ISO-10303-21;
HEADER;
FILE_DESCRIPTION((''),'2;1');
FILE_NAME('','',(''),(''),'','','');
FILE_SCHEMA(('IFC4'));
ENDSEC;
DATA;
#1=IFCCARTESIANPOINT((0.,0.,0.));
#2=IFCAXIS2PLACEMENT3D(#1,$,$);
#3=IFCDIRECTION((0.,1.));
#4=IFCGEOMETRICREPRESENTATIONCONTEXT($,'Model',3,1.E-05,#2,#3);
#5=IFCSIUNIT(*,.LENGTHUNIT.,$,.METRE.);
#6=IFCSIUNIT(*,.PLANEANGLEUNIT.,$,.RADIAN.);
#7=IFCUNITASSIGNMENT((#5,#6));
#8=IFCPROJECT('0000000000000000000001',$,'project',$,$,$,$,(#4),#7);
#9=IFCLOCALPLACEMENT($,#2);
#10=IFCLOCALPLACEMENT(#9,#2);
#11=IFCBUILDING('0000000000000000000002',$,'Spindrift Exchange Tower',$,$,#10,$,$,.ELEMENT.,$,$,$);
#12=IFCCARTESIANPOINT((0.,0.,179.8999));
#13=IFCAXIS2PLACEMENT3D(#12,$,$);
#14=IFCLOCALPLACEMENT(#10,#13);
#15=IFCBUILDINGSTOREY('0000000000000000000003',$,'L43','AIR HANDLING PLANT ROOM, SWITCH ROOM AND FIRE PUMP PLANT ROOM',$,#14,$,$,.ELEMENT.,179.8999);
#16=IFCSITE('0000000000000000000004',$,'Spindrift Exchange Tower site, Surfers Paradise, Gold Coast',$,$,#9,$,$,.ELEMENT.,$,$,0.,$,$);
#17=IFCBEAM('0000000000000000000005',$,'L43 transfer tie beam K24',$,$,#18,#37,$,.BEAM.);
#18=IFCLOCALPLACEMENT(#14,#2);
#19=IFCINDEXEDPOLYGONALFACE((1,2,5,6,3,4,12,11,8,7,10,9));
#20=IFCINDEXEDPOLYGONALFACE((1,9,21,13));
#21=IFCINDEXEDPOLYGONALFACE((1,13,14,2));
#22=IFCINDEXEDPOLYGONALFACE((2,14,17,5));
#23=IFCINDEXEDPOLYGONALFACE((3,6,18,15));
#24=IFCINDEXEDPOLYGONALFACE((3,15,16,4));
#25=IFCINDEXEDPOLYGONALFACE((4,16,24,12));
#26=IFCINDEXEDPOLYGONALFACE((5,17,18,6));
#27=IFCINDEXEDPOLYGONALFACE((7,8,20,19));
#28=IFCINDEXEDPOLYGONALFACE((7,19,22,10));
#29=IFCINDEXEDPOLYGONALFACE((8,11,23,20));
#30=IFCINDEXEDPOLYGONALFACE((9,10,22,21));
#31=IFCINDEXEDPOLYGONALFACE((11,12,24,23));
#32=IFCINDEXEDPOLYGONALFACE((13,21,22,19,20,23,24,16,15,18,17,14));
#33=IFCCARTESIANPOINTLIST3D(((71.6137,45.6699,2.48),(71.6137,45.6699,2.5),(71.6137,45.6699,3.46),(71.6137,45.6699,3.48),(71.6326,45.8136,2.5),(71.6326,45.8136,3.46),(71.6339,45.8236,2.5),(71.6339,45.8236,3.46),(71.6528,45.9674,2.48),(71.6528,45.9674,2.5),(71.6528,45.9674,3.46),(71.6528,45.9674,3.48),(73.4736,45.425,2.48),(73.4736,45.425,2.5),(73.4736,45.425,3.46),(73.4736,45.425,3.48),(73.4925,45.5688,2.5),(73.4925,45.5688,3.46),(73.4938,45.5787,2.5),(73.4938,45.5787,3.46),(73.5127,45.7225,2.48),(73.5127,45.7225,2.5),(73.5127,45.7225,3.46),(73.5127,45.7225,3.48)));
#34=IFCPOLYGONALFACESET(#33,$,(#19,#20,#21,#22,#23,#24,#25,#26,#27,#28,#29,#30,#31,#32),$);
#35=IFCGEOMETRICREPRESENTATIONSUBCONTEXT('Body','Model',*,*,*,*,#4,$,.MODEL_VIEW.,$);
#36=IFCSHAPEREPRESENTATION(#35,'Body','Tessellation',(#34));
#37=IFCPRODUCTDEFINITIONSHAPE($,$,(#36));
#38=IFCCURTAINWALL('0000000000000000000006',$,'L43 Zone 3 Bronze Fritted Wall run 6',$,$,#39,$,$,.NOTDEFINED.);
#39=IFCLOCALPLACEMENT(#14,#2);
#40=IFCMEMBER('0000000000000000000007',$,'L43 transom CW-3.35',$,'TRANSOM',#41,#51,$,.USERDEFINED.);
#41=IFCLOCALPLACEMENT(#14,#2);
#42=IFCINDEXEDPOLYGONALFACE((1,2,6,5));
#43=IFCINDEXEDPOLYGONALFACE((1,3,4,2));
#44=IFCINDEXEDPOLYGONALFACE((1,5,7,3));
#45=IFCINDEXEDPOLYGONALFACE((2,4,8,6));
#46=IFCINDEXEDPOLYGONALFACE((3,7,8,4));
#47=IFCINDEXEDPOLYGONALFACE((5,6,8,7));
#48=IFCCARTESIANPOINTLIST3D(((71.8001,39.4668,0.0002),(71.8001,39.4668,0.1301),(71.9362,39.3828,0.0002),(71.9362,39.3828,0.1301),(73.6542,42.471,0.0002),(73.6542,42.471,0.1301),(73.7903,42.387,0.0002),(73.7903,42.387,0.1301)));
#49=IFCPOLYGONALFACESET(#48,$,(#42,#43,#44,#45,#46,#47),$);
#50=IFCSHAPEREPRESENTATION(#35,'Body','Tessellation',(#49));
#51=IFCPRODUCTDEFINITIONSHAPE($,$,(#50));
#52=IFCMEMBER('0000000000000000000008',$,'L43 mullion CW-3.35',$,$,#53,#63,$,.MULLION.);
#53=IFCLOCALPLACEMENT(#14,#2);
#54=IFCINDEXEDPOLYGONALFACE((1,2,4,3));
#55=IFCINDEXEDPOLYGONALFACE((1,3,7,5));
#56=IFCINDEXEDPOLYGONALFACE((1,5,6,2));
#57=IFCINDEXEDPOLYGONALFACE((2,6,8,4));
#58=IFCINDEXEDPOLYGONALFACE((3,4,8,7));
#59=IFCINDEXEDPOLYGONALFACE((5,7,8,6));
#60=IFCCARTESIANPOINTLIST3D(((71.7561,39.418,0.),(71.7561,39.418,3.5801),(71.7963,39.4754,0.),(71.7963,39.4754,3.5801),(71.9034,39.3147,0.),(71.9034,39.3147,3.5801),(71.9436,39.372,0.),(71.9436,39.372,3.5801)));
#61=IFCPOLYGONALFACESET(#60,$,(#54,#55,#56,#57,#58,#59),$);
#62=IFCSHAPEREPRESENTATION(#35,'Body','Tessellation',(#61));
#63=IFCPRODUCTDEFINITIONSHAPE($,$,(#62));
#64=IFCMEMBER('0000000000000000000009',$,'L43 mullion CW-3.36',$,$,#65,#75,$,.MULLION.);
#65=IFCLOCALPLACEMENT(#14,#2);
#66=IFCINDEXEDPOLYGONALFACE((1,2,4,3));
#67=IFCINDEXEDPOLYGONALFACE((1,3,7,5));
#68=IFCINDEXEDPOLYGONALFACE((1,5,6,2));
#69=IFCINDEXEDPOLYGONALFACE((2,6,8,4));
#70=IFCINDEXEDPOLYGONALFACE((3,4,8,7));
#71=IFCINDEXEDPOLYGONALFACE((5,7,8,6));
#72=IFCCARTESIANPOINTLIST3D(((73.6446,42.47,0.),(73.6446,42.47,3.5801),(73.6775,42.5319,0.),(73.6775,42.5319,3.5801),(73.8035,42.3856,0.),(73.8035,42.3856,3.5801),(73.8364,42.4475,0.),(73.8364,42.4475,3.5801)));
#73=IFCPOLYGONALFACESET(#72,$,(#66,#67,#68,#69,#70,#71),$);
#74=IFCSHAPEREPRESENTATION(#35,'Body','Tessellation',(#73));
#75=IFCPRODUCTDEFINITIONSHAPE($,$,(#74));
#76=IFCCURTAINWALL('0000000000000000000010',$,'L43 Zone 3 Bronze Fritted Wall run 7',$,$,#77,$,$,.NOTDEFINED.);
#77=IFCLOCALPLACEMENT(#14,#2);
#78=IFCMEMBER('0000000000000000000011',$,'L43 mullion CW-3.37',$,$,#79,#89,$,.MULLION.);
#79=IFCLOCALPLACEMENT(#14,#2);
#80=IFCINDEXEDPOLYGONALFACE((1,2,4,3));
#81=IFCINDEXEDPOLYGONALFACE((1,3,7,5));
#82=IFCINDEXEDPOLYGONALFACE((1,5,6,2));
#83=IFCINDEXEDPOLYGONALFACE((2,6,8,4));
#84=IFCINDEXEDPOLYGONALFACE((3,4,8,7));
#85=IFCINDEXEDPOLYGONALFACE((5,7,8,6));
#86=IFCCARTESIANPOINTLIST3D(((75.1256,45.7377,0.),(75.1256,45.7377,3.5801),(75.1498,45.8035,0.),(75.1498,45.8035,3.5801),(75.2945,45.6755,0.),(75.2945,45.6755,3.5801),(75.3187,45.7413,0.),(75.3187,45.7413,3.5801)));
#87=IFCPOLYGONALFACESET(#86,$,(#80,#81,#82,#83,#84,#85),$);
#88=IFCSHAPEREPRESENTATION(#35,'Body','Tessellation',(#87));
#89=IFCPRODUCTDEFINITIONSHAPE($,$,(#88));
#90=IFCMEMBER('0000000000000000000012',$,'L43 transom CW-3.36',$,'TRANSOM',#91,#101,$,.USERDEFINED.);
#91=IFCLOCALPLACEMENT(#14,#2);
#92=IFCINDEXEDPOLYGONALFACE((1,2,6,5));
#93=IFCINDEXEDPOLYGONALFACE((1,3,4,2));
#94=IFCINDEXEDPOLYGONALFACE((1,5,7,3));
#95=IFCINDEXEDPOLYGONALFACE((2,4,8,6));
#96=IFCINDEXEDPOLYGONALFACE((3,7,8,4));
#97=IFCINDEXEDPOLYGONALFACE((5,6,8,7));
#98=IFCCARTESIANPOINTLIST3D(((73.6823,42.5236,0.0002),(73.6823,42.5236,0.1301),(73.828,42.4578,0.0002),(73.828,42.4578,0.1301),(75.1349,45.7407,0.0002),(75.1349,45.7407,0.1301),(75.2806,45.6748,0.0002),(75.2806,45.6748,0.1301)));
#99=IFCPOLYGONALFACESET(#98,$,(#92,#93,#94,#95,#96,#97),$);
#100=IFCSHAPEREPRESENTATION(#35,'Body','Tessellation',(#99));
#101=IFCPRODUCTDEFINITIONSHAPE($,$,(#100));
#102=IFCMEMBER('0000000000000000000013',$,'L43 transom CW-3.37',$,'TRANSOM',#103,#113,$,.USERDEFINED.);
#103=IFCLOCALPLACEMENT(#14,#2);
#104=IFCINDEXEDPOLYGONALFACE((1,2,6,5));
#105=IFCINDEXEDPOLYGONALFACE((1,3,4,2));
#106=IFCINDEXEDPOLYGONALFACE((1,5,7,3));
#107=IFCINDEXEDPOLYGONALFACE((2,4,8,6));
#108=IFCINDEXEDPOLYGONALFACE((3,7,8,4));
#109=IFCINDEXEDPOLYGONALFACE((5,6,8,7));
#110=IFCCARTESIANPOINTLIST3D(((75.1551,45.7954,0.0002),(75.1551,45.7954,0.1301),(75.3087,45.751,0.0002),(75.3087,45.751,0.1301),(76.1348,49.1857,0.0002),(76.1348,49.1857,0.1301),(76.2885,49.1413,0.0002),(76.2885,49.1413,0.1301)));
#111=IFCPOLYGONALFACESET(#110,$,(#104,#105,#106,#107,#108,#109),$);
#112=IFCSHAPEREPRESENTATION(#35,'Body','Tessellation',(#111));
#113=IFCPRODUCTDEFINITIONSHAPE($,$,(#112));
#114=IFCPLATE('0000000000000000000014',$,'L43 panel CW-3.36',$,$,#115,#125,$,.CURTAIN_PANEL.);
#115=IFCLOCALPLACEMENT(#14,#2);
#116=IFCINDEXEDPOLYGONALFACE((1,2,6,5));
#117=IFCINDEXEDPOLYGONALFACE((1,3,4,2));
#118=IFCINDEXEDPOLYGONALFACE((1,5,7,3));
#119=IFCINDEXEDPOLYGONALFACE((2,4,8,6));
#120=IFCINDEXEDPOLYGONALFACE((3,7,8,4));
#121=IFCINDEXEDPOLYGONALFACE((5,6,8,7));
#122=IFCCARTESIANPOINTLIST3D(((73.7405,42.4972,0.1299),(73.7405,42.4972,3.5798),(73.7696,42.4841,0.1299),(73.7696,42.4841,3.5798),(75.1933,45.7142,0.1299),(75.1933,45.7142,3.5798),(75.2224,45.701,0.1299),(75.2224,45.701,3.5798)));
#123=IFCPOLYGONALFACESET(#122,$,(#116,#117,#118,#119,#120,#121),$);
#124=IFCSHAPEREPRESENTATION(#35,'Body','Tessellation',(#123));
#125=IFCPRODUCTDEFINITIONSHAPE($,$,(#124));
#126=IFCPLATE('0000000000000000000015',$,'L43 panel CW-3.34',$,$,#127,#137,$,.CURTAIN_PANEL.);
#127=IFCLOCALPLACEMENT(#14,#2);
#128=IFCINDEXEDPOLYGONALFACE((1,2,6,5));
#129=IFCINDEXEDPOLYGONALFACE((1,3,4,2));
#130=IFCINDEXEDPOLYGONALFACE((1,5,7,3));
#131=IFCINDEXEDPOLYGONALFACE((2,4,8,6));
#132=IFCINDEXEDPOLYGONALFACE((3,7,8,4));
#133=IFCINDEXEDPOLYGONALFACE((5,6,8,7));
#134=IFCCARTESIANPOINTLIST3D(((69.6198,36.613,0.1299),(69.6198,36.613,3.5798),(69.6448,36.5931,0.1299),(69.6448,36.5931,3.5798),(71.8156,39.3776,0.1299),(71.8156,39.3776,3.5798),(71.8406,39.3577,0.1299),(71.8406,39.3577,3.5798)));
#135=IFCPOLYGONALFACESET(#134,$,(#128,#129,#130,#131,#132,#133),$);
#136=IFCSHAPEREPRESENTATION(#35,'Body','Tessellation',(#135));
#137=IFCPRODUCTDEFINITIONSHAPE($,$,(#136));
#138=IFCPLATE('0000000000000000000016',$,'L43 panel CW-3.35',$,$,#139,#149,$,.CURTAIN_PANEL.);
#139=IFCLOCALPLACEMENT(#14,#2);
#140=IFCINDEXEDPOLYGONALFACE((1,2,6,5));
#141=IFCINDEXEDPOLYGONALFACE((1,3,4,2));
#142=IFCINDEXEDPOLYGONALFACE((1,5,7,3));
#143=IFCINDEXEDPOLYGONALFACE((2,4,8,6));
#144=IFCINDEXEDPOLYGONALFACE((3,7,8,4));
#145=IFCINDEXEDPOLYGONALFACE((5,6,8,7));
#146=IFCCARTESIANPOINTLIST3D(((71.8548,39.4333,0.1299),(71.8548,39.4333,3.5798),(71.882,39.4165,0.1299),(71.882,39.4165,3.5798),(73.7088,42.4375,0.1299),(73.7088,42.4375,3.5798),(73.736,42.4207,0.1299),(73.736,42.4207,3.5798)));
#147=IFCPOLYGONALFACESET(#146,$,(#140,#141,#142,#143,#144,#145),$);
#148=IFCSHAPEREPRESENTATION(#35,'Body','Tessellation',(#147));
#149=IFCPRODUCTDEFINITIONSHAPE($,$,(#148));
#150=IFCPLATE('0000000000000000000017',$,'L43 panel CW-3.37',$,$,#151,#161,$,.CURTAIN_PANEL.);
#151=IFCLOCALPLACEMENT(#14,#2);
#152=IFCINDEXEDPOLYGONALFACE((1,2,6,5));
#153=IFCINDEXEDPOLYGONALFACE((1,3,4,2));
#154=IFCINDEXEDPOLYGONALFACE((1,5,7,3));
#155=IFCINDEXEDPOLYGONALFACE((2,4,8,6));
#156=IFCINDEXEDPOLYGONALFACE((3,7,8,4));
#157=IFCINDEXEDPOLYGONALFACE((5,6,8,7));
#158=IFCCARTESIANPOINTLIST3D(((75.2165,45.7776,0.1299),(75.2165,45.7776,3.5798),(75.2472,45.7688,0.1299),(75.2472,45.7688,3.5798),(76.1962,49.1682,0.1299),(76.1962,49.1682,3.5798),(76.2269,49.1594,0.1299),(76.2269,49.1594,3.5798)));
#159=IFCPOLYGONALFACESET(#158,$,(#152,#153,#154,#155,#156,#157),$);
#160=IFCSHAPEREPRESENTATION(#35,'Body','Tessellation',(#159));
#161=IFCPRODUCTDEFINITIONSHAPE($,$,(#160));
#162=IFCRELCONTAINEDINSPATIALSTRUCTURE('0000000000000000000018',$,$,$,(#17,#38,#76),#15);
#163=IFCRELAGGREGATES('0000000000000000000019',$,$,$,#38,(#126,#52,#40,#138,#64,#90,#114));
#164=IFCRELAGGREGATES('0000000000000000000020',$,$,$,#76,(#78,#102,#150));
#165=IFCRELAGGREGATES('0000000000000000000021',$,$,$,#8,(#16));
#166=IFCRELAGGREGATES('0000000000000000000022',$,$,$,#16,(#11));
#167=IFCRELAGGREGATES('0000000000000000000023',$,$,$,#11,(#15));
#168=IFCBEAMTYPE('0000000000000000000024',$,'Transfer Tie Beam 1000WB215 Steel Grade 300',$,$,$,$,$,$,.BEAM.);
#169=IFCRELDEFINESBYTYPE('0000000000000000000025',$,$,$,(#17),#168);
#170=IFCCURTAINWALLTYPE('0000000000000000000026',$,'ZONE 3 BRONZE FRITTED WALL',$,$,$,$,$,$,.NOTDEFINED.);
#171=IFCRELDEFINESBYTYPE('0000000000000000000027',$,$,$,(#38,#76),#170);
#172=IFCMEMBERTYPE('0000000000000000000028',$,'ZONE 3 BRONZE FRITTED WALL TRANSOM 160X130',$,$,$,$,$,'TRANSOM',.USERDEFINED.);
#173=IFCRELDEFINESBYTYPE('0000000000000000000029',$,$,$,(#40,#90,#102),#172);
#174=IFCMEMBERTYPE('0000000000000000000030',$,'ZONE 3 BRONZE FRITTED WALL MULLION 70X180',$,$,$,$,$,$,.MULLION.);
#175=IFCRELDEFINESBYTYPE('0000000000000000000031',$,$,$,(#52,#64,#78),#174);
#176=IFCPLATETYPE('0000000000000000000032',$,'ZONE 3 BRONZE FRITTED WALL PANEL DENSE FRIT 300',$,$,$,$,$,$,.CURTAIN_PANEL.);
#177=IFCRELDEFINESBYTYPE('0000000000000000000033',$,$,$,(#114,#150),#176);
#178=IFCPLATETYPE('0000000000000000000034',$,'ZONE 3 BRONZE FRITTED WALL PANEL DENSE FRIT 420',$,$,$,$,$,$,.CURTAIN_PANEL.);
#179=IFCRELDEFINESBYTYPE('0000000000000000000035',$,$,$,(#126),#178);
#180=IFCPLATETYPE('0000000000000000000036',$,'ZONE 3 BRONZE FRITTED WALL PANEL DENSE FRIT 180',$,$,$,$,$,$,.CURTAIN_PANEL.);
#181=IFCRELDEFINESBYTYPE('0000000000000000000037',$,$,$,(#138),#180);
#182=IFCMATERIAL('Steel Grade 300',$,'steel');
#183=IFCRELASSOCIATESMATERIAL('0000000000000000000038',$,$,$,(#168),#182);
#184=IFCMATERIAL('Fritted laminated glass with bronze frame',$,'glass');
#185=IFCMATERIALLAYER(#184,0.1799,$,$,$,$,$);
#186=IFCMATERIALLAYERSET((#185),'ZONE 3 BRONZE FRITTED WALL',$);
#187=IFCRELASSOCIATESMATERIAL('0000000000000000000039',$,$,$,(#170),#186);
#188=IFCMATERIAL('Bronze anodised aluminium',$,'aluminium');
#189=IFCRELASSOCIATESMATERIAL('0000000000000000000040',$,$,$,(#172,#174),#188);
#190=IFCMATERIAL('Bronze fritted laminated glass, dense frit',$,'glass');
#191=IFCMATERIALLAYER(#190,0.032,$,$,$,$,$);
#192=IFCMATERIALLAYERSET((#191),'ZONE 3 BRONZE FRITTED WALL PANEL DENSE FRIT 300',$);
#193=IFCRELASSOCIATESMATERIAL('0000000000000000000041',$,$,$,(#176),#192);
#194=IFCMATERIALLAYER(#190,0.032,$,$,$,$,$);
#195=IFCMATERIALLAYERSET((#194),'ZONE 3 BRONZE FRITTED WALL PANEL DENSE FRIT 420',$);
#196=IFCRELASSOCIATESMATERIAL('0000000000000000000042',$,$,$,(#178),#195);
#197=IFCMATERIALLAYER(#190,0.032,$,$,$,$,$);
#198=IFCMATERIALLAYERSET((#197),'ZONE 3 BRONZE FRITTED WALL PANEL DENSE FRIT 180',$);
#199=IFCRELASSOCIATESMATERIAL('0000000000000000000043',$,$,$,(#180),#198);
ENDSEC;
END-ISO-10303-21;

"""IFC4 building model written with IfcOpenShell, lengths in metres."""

from ifc_helpers import new_model, si_unit, direction, frame, origin, origin_2d, place, context, subcontext, project, spatial, rectangle, i_section, extrude, source, transform, mapped, material, layer, layer_set, material_profile, profile_set, type_object, element, aggregate, save


model = new_model("IFC4")

# Units and contexts
model_context = context("Model", 3, precision=1e-05, world=origin(), true_north=direction((0.0, 1.0)))
body_context = subcontext(model_context, "Body", "Model", "MODEL_VIEW")
ifc_project = project(units=[si_unit("LENGTHUNIT", "METRE"), si_unit("PLANEANGLEUNIT", "RADIAN")], contexts=[model_context])

# Site, building, storey
site_placement = place(None, origin())
site = spatial("IfcSite", under=ifc_project, at=site_placement, Name="Spindrift Exchange Tower site, Surfers Paradise, Gold Coast", CompositionType="ELEMENT", RefElevation=0.0)
building_placement = place(site_placement, origin())
building = spatial("IfcBuilding", under=site, at=building_placement, Name="Spindrift Exchange Tower", CompositionType="ELEMENT")
storey_placement = place(building_placement, frame((0.0, 0.0, 179.8999)))
storey = spatial("IfcBuildingStorey", under=building, at=storey_placement, Name="L43", Description="AIR HANDLING PLANT ROOM, SWITCH ROOM AND FIRE PUMP PLANT ROOM", CompositionType="ELEMENT", Elevation=179.8999)

# Shared definitions
ifc_material_1 = material(Name="Steel Grade 300", Category="steel")

# Beam
ifc_material_profile_1 = material_profile(ifc_material_1, i_section(OverallWidth=0.3, OverallDepth=1.0, WebThickness=0.01, FlangeThickness=0.02, at=origin_2d()), Name="1000WB215")
ifc_profile_set_1 = profile_set([ifc_material_profile_1], Name="Steel Grade 300")
beam_type_1 = type_object("IfcBeamType", Name="Transfer Tie Beam 1000WB215 Steel Grade 300", PredefinedType="BEAM", material=ifc_profile_set_1)
shared_shape_1 = source(origin(), body_context, "Body", "SweptSolid", [
    extrude(i_section(OverallWidth=0.3, OverallDepth=1.0, WebThickness=0.01, FlangeThickness=0.02, at=origin_2d()), origin(), (0.0, 0.0, 1.0), 1.876),
])
beam_1_placement = place(storey_placement, frame((73.4932, 45.5737, 2.98), z_axis=(-0.991444, 0.130535, 0.0), x_axis=(-0.130535, -0.991444, 0.0)))
element("IfcBeam", 1, at=beam_1_placement, inside=storey, type_object=beam_type_1, Name="L43 transfer tie beam K24", PredefinedType="BEAM", context=body_context, shape_type="MappedRepresentation", body=[
    mapped(shared_shape_1, transform((0.0, 0.0, 0.0), scale=1.0)),
])

# Curtain wall, members
ifc_material_2 = material(Name="Fritted laminated glass with bronze frame", Category="glass")
ifc_layer_1 = layer(ifc_material_2, 0.1799)
ifc_layer_set_1 = layer_set([ifc_layer_1], Name="ZONE 3 BRONZE FRITTED WALL")
curtain_wall_type = type_object("IfcCurtainWallType", Name="ZONE 3 BRONZE FRITTED WALL", PredefinedType="NOTDEFINED", material=ifc_layer_set_1)
curtain_wall_1_placement = place(storey_placement, origin())
curtain_wall_1 = element("IfcCurtainWall", 2, at=curtain_wall_1_placement, inside=storey, type_object=curtain_wall_type, Name="L43 Zone 3 Bronze Fritted Wall run 6", PredefinedType="NOTDEFINED")
ifc_material_3 = material(Name="Bronze anodised aluminium", Category="aluminium")
ifc_material_profile_2 = material_profile(ifc_material_3, rectangle(XDim=0.1599, YDim=0.1299, at=origin_2d()), Name="ZONE 3 BRONZE FRITTED WALL TRANSOM 160X130")
ifc_profile_set_2 = profile_set([ifc_material_profile_2], Name="Bronze anodised aluminium")
member_type_1 = type_object("IfcMemberType", Name="ZONE 3 BRONZE FRITTED WALL TRANSOM 160X130", ElementType="TRANSOM", PredefinedType="USERDEFINED", material=ifc_profile_set_2)
shared_shape_2 = source(origin(), body_context, "Body", "SweptSolid", [
    extrude(rectangle(XDim=0.1599, YDim=0.1299, at=origin_2d()), origin(), (0.0, 0.0, 1.0), 3.5303),
])
member_1_placement = place(storey_placement, frame((71.8682, 39.4248, 0.0652), z_axis=(0.525185, 0.850988, 0.0), x_axis=(-0.850988, 0.525185, 0.0)))
member_1 = element("IfcMember", 3, at=member_1_placement, type_object=member_type_1, Name="L43 transom CW-3.35", ObjectType="TRANSOM", PredefinedType="USERDEFINED", context=body_context, shape_type="MappedRepresentation", body=[
    mapped(shared_shape_2, transform((0.0, 0.0, 0.0), scale=1.0)),
])
ifc_material_profile_3 = material_profile(ifc_material_3, rectangle(XDim=0.0701, YDim=0.1799, at=origin_2d()), Name="ZONE 3 BRONZE FRITTED WALL MULLION 70X180")
ifc_profile_set_3 = profile_set([ifc_material_profile_3], Name="Bronze anodised aluminium")
member_type_2 = type_object("IfcMemberType", Name="ZONE 3 BRONZE FRITTED WALL MULLION 70X180", PredefinedType="MULLION", material=ifc_profile_set_3)
shared_shape_3 = source(origin(), body_context, "Body", "SweptSolid", [
    extrude(rectangle(XDim=0.0701, YDim=0.1799, at=origin_2d()), origin(), (0.0, 0.0, 1.0), 3.5801),
])
member_2_placement = place(storey_placement, frame((71.8499, 39.395, 0.0), z_axis=(0.0, 0.0, 1.0), x_axis=(0.57456, 0.818463, 0.0)))
member_2 = element("IfcMember", 4, at=member_2_placement, type_object=member_type_2, Name="L43 mullion CW-3.35", PredefinedType="MULLION", context=body_context, shape_type="MappedRepresentation", body=[
    mapped(shared_shape_3, transform((0.0, 0.0, 0.0), scale=1.0)),
])
member_3_placement = place(storey_placement, frame((73.7405, 42.4587, 0.0), z_axis=(0.0, 0.0, 1.0), x_axis=(0.46934, 0.883018, 0.0)))
member_3 = element("IfcMember", 5, at=member_3_placement, type_object=member_type_2, Name="L43 mullion CW-3.36", PredefinedType="MULLION", context=body_context, shape_type="MappedRepresentation", body=[
    mapped(shared_shape_3, transform((0.0, 0.0, 0.0), scale=1.0)),
])

# Curtain wall, member
curtain_wall_2_placement = place(storey_placement, origin())
curtain_wall_2 = element("IfcCurtainWall", 6, at=curtain_wall_2_placement, inside=storey, type_object=curtain_wall_type, Name="L43 Zone 3 Bronze Fritted Wall run 7", PredefinedType="NOTDEFINED")
member_4_placement = place(storey_placement, frame((75.2222, 45.7395, 0.0), z_axis=(0.0, 0.0, 1.0), x_axis=(0.345465, 0.938431, 0.0)))
member_4 = element("IfcMember", 7, at=member_4_placement, type_object=member_type_2, Name="L43 mullion CW-3.37", PredefinedType="MULLION", context=body_context, shape_type="MappedRepresentation", body=[
    mapped(shared_shape_3, transform((0.0, 0.0, 0.0), scale=1.0)),
])

# Members
shared_shape_4 = source(origin(), body_context, "Body", "SweptSolid", [
    extrude(rectangle(XDim=0.1599, YDim=0.1299, at=origin_2d()), origin(), (0.0, 0.0, 1.0), 3.5298),
])
member_5_placement = place(storey_placement, frame((73.7551, 42.4907, 0.0652), z_axis=(0.411535, 0.911394, 0.0), x_axis=(-0.911394, 0.411535, 0.0)))
member_5 = element("IfcMember", 8, at=member_5_placement, type_object=member_type_1, Name="L43 transom CW-3.36", ObjectType="TRANSOM", PredefinedType="USERDEFINED", context=body_context, shape_type="MappedRepresentation", body=[
    mapped(shared_shape_4, transform((0.0, 0.0, 0.0), scale=1.0)),
])
shared_shape_5 = source(origin(), body_context, "Body", "SweptSolid", [
    extrude(rectangle(XDim=0.1599, YDim=0.1299, at=origin_2d()), origin(), (0.0, 0.0, 1.0), 3.5291),
])
member_6_placement = place(storey_placement, frame((75.2319, 45.7732, 0.0652), z_axis=(0.277616, 0.960692, 0.0), x_axis=(-0.960692, 0.277616, 0.0)))
member_6 = element("IfcMember", 9, at=member_6_placement, type_object=member_type_1, Name="L43 transom CW-3.37", ObjectType="TRANSOM", PredefinedType="USERDEFINED", context=body_context, shape_type="MappedRepresentation", body=[
    mapped(shared_shape_5, transform((0.0, 0.0, 0.0), scale=1.0)),
])

# Plates
ifc_material_4 = material(Name="Bronze fritted laminated glass, dense frit", Category="glass")
ifc_layer_2 = layer(ifc_material_4, 0.032)
ifc_layer_set_2 = layer_set([ifc_layer_2], Name="ZONE 3 BRONZE FRITTED WALL PANEL DENSE FRIT 300")
plate_type_1 = type_object("IfcPlateType", Name="ZONE 3 BRONZE FRITTED WALL PANEL DENSE FRIT 300", PredefinedType="CURTAIN_PANEL", material=ifc_layer_set_2)
shared_shape_6 = source(origin(), body_context, "Body", "SweptSolid", [
    extrude(rectangle(XDim=3.5298, YDim=0.032, at=origin_2d()), origin(), (0.0, 0.0, 1.0), 3.45),
])
plate_1_placement = place(storey_placement, frame((74.4814, 44.0991, 0.1299), z_axis=(0.0, 0.0, 1.0), x_axis=(0.411575, 0.911376, 0.0)))
plate_1 = element("IfcPlate", 10, at=plate_1_placement, type_object=plate_type_1, Name="L43 panel CW-3.36", PredefinedType="CURTAIN_PANEL", context=body_context, shape_type="MappedRepresentation", body=[
    mapped(shared_shape_6, transform((0.0, 0.0, 0.0), scale=1.0)),
])
ifc_layer_3 = layer(ifc_material_4, 0.032)
ifc_layer_set_3 = layer_set([ifc_layer_3], Name="ZONE 3 BRONZE FRITTED WALL PANEL DENSE FRIT 420")
plate_type_2 = type_object("IfcPlateType", Name="ZONE 3 BRONZE FRITTED WALL PANEL DENSE FRIT 420", PredefinedType="CURTAIN_PANEL", material=ifc_layer_set_3)
shared_shape_7 = source(origin(), body_context, "Body", "SweptSolid", [
    extrude(rectangle(XDim=3.5305, YDim=0.032, at=origin_2d()), origin(), (0.0, 0.0, 1.0), 3.45),
])
plate_2_placement = place(storey_placement, frame((70.7302, 37.9854, 0.1299), z_axis=(0.0, 0.0, 1.0), x_axis=(0.621948, 0.783059, 0.0)))
plate_2 = element("IfcPlate", 11, at=plate_2_placement, type_object=plate_type_2, Name="L43 panel CW-3.34", PredefinedType="CURTAIN_PANEL", context=body_context, shape_type="MappedRepresentation", body=[
    mapped(shared_shape_7, transform((0.0, 0.0, 0.0), scale=1.0)),
])
ifc_layer_4 = layer(ifc_material_4, 0.032)
ifc_layer_set_4 = layer_set([ifc_layer_4], Name="ZONE 3 BRONZE FRITTED WALL PANEL DENSE FRIT 180")
plate_type_3 = type_object("IfcPlateType", Name="ZONE 3 BRONZE FRITTED WALL PANEL DENSE FRIT 180", PredefinedType="CURTAIN_PANEL", material=ifc_layer_set_4)
shared_shape_8 = source(origin(), body_context, "Body", "SweptSolid", [
    extrude(rectangle(XDim=3.5303, YDim=0.032, at=origin_2d()), origin(), (0.0, 0.0, 1.0), 3.45),
])
plate_3_placement = place(storey_placement, frame((72.7954, 40.927, 0.1299), z_axis=(0.0, 0.0, 1.0), x_axis=(0.525161, 0.851003, 0.0)))
plate_3 = element("IfcPlate", 12, at=plate_3_placement, type_object=plate_type_3, Name="L43 panel CW-3.35", PredefinedType="CURTAIN_PANEL", context=body_context, shape_type="MappedRepresentation", body=[
    mapped(shared_shape_8, transform((0.0, 0.0, 0.0), scale=1.0)),
])
aggregate(curtain_wall_1, [plate_2, member_2, member_1, plate_3, member_3, member_5, plate_1])
shared_shape_9 = source(origin(), body_context, "Body", "SweptSolid", [
    extrude(rectangle(XDim=3.5293, YDim=0.032, at=origin_2d()), origin(), (0.0, 0.0, 1.0), 3.45),
])
plate_4_placement = place(storey_placement, frame((75.7217, 47.4685, 0.1299), z_axis=(0.0, 0.0, 1.0), x_axis=(0.277593, 0.960699, 0.0)))
plate_4 = element("IfcPlate", 13, at=plate_4_placement, type_object=plate_type_1, Name="L43 panel CW-3.37", PredefinedType="CURTAIN_PANEL", context=body_context, shape_type="MappedRepresentation", body=[
    mapped(shared_shape_9, transform((0.0, 0.0, 0.0), scale=1.0)),
])
aggregate(curtain_wall_2, [member_4, member_6, plate_4])

save(model, "model.ifc")
